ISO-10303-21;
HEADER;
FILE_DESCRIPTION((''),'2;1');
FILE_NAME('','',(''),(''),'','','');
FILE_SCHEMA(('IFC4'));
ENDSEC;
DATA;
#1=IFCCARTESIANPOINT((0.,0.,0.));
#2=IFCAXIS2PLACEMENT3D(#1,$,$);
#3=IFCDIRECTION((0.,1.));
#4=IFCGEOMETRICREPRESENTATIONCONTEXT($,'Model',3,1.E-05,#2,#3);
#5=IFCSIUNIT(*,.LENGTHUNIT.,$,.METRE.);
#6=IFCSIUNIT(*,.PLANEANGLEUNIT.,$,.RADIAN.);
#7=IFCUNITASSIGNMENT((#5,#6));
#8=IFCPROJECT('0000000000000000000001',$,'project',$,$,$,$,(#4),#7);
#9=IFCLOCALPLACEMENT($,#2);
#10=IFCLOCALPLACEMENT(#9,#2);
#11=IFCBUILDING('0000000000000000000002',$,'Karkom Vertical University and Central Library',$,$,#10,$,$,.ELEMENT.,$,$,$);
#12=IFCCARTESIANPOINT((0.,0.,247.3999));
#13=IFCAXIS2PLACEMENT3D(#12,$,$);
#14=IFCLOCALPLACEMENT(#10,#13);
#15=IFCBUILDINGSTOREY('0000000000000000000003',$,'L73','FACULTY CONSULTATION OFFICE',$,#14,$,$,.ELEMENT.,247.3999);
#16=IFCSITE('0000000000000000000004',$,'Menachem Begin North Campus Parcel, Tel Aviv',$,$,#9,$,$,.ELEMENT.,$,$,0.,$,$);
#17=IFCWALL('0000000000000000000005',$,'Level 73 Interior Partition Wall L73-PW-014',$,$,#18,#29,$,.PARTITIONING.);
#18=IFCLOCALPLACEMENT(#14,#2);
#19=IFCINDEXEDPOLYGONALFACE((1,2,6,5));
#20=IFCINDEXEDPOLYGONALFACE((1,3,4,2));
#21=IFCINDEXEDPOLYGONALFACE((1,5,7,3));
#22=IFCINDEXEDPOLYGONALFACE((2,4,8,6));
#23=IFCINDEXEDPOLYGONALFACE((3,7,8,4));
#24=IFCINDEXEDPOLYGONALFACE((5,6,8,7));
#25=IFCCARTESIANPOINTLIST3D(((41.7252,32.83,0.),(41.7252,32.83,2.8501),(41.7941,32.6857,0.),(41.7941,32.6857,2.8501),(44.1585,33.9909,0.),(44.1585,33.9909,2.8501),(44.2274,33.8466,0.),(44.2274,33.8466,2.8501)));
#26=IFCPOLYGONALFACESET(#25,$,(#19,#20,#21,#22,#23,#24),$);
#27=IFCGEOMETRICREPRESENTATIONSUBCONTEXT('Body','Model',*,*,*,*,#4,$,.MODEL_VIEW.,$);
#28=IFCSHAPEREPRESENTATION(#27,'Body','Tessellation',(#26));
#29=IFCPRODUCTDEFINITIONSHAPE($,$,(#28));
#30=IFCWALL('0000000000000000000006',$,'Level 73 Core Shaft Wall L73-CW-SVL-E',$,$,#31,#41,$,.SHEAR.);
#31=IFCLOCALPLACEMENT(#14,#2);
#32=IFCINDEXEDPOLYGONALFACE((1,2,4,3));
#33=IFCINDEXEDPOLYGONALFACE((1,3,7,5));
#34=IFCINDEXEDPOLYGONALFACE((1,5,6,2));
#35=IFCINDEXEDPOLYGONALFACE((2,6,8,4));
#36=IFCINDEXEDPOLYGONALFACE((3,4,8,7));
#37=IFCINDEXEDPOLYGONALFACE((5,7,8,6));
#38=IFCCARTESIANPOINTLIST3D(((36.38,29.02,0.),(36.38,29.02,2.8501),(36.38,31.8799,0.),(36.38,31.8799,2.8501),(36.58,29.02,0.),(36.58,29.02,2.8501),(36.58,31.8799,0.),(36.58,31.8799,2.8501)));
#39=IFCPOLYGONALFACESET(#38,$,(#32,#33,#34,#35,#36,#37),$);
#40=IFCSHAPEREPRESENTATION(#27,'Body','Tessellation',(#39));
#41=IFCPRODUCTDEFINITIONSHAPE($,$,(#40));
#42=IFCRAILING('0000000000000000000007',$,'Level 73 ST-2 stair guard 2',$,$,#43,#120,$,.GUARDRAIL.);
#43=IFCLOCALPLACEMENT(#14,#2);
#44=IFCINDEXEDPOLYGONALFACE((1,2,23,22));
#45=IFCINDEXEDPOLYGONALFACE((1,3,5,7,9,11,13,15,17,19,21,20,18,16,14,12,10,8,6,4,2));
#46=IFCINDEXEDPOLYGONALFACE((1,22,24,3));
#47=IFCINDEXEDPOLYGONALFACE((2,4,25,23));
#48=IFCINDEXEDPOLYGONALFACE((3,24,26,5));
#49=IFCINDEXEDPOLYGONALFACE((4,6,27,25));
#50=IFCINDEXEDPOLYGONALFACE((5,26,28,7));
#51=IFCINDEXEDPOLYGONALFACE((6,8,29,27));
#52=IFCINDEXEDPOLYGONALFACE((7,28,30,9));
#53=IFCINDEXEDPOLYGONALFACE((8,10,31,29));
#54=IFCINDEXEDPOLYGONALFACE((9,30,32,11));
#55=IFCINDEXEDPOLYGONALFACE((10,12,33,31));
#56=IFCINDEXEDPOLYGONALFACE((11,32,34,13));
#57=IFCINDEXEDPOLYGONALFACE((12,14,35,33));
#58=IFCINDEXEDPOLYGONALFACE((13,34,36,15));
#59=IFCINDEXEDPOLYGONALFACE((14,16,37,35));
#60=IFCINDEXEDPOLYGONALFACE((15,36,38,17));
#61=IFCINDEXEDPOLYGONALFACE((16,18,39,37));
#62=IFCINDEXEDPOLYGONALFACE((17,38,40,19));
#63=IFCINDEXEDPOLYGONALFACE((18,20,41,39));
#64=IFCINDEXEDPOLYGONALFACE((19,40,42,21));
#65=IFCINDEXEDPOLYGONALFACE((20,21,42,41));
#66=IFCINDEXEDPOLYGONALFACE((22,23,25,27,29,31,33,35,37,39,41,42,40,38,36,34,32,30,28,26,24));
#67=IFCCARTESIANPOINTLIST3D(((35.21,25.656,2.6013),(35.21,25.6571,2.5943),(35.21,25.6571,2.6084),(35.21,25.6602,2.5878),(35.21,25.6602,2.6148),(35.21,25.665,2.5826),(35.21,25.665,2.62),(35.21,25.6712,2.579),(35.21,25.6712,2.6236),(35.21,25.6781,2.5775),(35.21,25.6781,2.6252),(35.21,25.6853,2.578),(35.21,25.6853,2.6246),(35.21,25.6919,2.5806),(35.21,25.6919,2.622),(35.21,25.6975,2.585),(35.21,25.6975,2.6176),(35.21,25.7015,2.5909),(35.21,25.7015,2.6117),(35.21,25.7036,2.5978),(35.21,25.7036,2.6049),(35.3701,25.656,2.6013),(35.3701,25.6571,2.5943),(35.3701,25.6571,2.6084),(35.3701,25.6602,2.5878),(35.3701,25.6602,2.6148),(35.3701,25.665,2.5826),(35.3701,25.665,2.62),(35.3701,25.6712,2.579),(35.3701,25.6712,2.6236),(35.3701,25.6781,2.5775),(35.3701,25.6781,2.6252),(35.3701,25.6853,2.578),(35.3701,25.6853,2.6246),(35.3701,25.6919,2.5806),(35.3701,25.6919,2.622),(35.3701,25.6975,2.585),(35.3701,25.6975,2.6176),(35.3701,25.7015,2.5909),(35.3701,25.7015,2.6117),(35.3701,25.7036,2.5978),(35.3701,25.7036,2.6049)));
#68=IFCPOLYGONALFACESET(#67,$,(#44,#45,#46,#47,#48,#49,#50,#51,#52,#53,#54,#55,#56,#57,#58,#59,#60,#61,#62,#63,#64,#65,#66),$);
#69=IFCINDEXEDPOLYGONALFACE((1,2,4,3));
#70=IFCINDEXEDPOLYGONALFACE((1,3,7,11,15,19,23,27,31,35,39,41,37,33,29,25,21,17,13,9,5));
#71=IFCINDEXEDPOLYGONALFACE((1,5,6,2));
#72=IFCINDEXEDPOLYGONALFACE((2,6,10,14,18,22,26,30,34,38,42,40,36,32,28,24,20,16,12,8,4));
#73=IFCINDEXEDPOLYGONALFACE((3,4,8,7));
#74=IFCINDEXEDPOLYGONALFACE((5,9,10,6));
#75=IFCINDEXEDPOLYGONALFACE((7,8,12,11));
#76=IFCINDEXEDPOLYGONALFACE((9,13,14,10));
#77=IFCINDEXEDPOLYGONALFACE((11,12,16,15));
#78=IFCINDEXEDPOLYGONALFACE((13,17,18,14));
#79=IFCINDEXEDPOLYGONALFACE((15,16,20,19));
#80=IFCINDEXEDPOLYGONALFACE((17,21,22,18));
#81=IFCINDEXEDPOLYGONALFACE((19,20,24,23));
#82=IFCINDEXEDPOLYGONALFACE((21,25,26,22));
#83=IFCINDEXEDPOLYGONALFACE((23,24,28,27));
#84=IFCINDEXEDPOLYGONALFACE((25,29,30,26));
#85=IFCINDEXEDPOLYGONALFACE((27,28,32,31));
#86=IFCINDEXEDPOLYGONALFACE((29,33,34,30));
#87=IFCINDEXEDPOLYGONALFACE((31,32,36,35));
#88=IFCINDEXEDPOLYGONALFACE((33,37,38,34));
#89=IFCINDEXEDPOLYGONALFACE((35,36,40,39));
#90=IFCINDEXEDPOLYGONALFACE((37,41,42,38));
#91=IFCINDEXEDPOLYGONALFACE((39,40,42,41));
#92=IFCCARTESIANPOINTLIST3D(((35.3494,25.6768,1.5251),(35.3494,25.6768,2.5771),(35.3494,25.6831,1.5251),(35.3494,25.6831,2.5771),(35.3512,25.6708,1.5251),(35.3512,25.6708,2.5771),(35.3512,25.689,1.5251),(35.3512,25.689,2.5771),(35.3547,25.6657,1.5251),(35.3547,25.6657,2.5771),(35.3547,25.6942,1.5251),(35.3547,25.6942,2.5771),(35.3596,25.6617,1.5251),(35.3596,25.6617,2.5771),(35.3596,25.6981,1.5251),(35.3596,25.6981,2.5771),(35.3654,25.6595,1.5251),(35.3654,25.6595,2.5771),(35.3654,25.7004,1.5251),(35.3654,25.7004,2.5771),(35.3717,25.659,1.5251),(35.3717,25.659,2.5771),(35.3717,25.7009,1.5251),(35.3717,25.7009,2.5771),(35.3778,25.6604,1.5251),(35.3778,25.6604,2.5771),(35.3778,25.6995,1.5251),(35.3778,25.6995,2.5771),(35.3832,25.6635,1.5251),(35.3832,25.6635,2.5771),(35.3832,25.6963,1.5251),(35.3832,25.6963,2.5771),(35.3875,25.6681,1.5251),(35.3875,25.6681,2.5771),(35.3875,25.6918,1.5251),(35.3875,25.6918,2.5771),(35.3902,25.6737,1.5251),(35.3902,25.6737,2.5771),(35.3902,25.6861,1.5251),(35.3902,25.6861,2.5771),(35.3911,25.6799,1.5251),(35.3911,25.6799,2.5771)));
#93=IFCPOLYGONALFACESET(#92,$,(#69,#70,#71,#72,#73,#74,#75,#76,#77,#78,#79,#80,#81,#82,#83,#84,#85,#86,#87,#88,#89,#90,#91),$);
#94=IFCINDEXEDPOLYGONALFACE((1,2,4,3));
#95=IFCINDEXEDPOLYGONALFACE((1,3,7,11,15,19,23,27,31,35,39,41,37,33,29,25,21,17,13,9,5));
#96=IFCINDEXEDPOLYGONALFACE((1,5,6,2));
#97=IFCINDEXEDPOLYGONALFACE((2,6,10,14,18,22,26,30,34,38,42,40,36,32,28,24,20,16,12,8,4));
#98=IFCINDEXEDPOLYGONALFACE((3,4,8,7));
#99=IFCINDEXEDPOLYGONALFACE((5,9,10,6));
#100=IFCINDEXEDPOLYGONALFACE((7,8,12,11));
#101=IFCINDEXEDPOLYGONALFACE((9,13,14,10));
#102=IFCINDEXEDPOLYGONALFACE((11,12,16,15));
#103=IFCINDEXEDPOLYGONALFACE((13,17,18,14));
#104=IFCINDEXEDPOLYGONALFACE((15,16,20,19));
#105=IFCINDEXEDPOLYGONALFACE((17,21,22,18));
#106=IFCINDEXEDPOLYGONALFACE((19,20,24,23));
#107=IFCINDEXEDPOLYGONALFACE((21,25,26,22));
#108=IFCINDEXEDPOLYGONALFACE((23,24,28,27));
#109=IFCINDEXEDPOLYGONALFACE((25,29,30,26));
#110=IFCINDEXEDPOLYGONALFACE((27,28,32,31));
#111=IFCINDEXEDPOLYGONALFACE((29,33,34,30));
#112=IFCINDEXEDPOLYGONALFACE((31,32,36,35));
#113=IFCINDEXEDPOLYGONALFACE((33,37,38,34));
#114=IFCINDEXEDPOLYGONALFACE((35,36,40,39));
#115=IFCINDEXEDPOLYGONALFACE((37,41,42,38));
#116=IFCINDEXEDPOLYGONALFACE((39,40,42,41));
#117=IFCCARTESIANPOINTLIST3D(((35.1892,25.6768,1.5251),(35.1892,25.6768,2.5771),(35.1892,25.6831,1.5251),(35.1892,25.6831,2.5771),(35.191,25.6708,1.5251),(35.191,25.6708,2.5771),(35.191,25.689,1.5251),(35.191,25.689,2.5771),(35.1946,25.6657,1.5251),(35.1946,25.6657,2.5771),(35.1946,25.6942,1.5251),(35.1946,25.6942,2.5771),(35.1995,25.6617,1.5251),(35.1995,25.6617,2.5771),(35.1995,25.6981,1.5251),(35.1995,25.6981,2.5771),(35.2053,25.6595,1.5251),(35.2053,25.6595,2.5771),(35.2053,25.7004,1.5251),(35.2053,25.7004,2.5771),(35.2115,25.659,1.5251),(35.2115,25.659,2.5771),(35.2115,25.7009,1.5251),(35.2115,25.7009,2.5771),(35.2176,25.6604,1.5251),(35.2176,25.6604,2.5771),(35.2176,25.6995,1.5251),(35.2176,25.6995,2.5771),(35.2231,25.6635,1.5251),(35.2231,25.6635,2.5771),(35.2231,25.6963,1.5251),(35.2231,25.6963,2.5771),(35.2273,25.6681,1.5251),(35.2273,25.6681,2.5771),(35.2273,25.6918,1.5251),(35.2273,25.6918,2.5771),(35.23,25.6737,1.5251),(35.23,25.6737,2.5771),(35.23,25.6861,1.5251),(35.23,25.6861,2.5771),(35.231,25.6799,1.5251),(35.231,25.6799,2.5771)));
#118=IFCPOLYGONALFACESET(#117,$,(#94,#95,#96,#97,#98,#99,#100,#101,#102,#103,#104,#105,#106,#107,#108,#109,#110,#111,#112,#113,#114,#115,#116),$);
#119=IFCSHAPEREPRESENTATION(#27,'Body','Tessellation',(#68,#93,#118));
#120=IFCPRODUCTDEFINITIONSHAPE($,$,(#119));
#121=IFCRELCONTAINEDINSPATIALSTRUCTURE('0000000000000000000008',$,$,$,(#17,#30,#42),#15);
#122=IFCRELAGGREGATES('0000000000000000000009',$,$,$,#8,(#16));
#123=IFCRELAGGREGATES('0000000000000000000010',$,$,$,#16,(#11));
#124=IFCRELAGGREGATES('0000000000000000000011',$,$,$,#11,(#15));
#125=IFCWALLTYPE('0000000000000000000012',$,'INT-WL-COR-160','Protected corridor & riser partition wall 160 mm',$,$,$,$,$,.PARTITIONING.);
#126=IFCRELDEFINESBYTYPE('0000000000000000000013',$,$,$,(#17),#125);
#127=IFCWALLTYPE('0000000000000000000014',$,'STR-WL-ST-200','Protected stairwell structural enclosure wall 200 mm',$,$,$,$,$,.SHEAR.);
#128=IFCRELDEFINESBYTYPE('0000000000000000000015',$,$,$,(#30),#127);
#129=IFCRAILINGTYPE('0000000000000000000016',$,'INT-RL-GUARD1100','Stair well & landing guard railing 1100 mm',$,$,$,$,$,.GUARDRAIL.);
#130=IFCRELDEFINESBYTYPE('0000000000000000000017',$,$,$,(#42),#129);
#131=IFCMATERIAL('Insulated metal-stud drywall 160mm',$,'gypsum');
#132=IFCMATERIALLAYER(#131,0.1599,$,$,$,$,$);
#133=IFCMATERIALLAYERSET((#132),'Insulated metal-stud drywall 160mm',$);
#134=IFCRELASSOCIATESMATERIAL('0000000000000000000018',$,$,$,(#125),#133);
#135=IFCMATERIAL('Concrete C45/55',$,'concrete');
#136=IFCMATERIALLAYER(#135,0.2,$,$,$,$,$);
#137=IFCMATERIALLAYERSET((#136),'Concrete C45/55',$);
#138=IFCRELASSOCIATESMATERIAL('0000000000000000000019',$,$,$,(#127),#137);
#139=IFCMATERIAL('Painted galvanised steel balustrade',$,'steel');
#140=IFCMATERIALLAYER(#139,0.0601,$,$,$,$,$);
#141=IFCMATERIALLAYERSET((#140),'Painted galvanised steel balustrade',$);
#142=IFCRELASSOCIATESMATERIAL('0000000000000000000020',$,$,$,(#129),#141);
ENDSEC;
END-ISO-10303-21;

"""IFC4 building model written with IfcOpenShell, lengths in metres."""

from ifc_helpers import new_model, si_unit, direction, frame, frame_2d, origin, origin_2d, place, context, subcontext, project, spatial, rectangle, circle, extrude, material, layer, layer_set, type_object, element, save


model = new_model("IFC4")

# Units and contexts
model_context = context("Model", 3, precision=1e-05, world=origin(), true_north=direction((0.0, 1.0)))
body_context = subcontext(model_context, "Body", "Model", "MODEL_VIEW")
ifc_project = project(units=[si_unit("LENGTHUNIT", "METRE"), si_unit("PLANEANGLEUNIT", "RADIAN")], contexts=[model_context])

# Site, building, storey
site_placement = place(None, origin())
site = spatial("IfcSite", under=ifc_project, at=site_placement, Name="Menachem Begin North Campus Parcel, Tel Aviv", CompositionType="ELEMENT", RefElevation=0.0)
building_placement = place(site_placement, origin())
building = spatial("IfcBuilding", under=site, at=building_placement, Name="Karkom Vertical University and Central Library", CompositionType="ELEMENT")
storey_placement = place(building_placement, frame((0.0, 0.0, 247.3999)))
storey = spatial("IfcBuildingStorey", under=building, at=storey_placement, Name="L73", Description="FACULTY CONSULTATION OFFICE", CompositionType="ELEMENT", Elevation=247.3999)

# Shared definitions
ifc_material_1 = material(Name="Concrete C45/55", Category="concrete")

# Shared definitions
ifc_material_2 = material(Name="Insulated metal-stud drywall 160mm", Category="gypsum")
ifc_layer_1 = layer(ifc_material_2, 0.1599)
ifc_layer_set_1 = layer_set([ifc_layer_1], Name="Insulated metal-stud drywall 160mm")
wall_type_1 = type_object("IfcWallType", Name="INT-WL-COR-160", Description="Protected corridor & riser partition wall 160 mm", PredefinedType="PARTITIONING", material=ifc_layer_set_1)

# Wall
wall_1_placement = place(storey_placement, frame((41.7595, 32.7578, 0.0), z_axis=(0.0, 0.0, 1.0), x_axis=(0.902551, 0.430584, 0.0)))
element("IfcWall", 1, at=wall_1_placement, inside=storey, type_object=wall_type_1, Name="Level 73 Interior Partition Wall L73-PW-014", PredefinedType="PARTITIONING", context=body_context, shape_type="SweptSolid", body=[
    extrude(rectangle(XDim=2.696, YDim=0.1599, at=frame_2d((1.3481, 0.0))), origin(), (0.0, 0.0, 1.0), 2.8501),
])

# Wall
ifc_layer_2 = layer(ifc_material_1, 0.2)
ifc_layer_set_2 = layer_set([ifc_layer_2], Name="Concrete C45/55")
wall_type_2 = type_object("IfcWallType", Name="STR-WL-ST-200", Description="Protected stairwell structural enclosure wall 200 mm", PredefinedType="SHEAR", material=ifc_layer_set_2)
wall_2_placement = place(storey_placement, frame((36.48, 29.02, 0.0), z_axis=(0.0, 0.0, 1.0), x_axis=(0.0, 1.0, 0.0)))
element("IfcWall", 2, at=wall_2_placement, inside=storey, type_object=wall_type_2, Name="Level 73 Core Shaft Wall L73-CW-SVL-E", PredefinedType="SHEAR", context=body_context, shape_type="SweptSolid", body=[
    extrude(rectangle(XDim=2.8599, YDim=0.2, at=frame_2d((1.4299, 0.0))), origin(), (0.0, 0.0, 1.0), 2.8501),
])

# Railing
ifc_material_3 = material(Name="Painted galvanised steel balustrade", Category="steel")
ifc_layer_3 = layer(ifc_material_3, 0.0601)
ifc_layer_set_3 = layer_set([ifc_layer_3], Name="Painted galvanised steel balustrade")
railing_type = type_object("IfcRailingType", Name="INT-RL-GUARD1100", Description="Stair well & landing guard railing 1100 mm", PredefinedType="GUARDRAIL", material=ifc_layer_set_3)
railing_placement = place(storey_placement, frame((35.3701, 25.6799, 1.5251)))
element("IfcRailing", 3, at=railing_placement, inside=storey, type_object=railing_type, Name="Level 73 ST-2 stair guard 2", PredefinedType="GUARDRAIL", context=body_context, shape_type="SweptSolid", body=[
    extrude(circle(Radius=0.0239, at=origin_2d()), frame((0.0, 0.0, 1.0762), z_axis=(-1.0, 0.0, 0.0), x_axis=(0.0, -1.0, 0.0)), (0.0, 0.0, 1.0), 0.1602),
    extrude(circle(Radius=0.021, at=origin_2d()), origin(), (0.0, 0.0, 1.0), 1.052),
    extrude(circle(Radius=0.021, at=origin_2d()), frame((-0.1602, 0.0, 0.0)), (0.0, 0.0, 1.0), 1.052),
])

save(model, "model.ifc")
